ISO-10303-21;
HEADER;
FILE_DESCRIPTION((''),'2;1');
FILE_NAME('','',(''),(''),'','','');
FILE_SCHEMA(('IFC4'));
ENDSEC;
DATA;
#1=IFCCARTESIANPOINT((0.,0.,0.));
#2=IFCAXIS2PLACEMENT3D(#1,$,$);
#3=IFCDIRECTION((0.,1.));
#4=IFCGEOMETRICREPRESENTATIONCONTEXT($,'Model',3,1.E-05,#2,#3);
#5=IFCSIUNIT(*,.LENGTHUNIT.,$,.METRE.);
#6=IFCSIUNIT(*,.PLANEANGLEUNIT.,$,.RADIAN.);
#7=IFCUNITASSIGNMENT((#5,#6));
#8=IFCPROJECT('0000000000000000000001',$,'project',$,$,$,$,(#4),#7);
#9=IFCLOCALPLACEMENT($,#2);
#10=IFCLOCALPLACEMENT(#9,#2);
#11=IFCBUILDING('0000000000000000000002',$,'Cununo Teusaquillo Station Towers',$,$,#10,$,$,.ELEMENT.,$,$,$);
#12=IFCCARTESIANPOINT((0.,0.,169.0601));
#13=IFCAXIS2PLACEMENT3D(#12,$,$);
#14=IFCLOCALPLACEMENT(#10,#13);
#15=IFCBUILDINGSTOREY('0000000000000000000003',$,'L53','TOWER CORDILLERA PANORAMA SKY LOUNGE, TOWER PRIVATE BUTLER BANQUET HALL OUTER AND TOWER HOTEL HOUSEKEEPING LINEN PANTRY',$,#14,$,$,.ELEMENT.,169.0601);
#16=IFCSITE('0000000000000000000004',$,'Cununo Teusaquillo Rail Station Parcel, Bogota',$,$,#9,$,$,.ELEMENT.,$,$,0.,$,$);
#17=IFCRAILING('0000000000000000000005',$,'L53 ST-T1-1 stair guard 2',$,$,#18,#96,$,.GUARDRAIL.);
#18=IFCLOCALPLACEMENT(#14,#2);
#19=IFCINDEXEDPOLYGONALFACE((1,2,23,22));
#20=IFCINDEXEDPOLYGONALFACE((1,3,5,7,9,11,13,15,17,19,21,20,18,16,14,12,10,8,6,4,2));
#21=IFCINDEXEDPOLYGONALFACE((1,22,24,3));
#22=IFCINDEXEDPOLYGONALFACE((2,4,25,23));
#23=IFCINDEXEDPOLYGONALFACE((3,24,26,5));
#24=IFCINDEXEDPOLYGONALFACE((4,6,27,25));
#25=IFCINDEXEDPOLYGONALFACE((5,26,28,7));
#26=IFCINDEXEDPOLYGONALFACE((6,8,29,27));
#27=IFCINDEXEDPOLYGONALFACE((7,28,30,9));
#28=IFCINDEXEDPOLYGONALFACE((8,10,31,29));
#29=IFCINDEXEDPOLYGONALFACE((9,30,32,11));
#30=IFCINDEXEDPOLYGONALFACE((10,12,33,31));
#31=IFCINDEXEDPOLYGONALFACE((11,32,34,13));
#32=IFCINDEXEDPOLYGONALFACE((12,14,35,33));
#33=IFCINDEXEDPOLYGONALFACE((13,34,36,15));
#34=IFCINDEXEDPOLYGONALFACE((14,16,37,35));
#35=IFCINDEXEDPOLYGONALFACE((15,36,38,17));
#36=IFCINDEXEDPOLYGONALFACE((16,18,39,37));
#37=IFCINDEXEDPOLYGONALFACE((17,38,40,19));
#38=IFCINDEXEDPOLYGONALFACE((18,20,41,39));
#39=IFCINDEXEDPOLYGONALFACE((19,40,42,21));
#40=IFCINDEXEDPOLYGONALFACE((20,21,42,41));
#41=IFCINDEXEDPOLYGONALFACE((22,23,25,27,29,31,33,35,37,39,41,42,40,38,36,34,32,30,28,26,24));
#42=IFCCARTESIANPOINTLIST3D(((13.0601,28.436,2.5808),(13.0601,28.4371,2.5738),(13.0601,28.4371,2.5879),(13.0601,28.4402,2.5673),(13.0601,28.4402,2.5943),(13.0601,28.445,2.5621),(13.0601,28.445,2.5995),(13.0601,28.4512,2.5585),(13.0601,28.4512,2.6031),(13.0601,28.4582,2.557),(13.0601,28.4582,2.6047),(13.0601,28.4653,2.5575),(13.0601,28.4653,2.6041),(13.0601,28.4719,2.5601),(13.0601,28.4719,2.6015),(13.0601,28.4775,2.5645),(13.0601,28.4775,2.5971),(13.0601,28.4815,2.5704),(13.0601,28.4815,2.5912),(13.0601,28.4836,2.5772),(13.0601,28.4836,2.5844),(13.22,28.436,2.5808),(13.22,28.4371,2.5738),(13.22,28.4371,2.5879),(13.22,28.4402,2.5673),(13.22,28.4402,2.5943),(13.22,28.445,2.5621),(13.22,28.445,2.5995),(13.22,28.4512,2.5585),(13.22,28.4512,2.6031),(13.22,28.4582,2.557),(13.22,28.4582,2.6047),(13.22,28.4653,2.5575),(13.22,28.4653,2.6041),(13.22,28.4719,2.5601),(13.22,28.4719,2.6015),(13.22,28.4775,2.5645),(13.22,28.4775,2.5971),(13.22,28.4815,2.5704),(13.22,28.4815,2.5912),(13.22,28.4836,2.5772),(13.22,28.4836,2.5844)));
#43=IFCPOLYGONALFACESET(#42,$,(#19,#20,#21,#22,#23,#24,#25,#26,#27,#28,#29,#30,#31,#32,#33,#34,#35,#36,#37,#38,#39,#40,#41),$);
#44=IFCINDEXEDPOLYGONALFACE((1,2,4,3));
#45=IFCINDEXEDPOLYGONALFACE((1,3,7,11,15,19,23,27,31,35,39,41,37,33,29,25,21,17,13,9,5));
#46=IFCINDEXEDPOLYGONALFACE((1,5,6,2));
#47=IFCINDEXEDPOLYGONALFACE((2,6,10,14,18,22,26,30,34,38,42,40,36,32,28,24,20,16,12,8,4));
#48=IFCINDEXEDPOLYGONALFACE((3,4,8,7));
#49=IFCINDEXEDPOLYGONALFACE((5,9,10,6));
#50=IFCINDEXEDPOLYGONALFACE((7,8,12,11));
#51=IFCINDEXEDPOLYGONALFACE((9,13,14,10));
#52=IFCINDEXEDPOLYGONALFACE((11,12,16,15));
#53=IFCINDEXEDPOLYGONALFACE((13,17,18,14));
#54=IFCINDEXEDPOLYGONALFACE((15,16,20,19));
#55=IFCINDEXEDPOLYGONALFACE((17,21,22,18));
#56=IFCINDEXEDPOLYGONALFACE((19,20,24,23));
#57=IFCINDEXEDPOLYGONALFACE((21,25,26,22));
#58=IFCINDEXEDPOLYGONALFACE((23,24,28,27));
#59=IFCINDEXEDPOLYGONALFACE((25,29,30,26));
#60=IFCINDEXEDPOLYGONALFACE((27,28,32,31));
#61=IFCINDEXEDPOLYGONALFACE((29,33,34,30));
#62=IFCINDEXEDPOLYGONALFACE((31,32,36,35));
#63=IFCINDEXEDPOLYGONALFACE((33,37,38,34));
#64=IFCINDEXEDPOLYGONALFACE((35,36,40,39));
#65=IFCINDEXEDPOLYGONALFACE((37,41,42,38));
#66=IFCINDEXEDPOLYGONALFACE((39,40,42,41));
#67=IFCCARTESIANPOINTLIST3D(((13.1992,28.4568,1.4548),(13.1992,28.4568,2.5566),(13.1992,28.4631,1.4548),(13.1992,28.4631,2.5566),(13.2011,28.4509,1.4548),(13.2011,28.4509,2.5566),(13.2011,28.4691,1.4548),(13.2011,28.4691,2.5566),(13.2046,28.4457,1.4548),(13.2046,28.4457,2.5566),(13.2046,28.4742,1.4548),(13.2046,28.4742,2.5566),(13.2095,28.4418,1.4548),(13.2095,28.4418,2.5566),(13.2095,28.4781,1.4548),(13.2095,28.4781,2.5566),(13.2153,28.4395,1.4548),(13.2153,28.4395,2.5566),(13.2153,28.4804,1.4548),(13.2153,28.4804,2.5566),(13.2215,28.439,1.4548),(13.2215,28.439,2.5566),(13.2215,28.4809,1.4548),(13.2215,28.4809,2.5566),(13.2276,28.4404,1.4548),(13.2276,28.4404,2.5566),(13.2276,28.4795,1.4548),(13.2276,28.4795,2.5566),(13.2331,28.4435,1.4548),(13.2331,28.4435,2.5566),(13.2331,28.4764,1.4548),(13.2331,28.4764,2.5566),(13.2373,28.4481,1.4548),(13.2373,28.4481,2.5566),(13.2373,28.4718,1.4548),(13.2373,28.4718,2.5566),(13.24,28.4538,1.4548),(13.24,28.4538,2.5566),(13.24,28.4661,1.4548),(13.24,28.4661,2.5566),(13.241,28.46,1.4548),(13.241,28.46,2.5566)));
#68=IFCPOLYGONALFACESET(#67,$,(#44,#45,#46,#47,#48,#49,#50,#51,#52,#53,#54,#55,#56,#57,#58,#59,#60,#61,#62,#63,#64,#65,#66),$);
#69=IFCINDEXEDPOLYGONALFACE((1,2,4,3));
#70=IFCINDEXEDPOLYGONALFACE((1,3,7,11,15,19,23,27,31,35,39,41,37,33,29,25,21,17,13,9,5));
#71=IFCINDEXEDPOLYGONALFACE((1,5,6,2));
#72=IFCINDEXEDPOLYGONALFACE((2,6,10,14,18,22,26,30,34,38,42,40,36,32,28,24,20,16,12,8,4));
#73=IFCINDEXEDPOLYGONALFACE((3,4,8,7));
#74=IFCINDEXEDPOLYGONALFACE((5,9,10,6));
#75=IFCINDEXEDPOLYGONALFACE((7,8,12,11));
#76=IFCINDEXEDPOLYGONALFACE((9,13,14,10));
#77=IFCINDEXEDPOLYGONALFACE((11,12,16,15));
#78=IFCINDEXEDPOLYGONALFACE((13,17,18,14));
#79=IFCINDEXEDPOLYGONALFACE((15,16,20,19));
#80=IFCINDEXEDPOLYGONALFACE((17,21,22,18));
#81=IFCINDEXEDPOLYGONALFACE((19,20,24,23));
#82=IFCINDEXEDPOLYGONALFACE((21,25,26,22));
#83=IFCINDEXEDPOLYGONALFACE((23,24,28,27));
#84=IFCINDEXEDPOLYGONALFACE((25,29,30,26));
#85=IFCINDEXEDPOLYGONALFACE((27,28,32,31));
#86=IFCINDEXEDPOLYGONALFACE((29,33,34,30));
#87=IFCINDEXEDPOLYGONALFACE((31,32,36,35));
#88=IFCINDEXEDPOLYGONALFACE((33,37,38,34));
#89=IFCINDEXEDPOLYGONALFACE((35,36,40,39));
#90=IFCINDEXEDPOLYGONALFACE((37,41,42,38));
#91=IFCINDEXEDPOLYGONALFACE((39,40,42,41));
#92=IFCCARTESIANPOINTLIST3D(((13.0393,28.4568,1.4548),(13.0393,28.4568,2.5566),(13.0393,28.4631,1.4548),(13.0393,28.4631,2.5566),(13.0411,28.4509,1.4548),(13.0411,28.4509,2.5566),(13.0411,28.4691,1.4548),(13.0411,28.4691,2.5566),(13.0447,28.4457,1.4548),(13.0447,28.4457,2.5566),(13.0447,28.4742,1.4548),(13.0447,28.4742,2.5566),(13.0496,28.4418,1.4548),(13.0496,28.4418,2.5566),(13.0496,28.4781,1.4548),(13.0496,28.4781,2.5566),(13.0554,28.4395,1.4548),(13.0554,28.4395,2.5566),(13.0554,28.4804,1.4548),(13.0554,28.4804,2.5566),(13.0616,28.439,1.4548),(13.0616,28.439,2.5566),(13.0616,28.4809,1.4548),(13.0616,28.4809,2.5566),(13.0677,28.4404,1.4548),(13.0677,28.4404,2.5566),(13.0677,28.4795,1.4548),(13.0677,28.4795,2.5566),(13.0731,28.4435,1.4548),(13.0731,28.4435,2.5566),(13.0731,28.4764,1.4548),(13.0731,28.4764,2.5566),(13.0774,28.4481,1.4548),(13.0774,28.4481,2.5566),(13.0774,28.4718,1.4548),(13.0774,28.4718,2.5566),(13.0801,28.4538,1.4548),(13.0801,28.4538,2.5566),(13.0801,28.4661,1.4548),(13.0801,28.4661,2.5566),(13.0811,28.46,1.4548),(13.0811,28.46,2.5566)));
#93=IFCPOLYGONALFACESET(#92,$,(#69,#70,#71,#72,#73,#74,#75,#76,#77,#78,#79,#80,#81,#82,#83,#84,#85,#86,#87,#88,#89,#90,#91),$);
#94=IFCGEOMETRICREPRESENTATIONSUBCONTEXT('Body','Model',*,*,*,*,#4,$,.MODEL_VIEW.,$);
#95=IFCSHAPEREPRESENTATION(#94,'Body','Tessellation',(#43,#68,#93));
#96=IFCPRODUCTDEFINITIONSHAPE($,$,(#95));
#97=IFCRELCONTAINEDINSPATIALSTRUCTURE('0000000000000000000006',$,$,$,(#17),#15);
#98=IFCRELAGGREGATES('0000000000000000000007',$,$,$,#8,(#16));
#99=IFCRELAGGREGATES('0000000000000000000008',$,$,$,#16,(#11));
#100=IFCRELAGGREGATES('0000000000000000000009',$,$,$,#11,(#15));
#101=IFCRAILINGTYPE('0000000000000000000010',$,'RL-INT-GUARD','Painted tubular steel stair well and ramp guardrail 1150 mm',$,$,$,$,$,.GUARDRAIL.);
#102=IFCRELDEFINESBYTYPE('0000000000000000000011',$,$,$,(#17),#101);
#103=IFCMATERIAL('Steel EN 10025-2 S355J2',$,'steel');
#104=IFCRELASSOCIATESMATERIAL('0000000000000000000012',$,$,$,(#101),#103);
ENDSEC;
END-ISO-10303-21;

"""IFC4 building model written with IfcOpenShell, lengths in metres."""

from ifc_helpers import new_model, si_unit, direction, frame, origin, origin_2d, place, context, subcontext, project, spatial, circle, extrude, material, type_object, element, save


model = new_model("IFC4")

# Units and contexts
model_context = context("Model", 3, precision=1e-05, world=origin(), true_north=direction((0.0, 1.0)))
body_context = subcontext(model_context, "Body", "Model", "MODEL_VIEW")
ifc_project = project(units=[si_unit("LENGTHUNIT", "METRE"), si_unit("PLANEANGLEUNIT", "RADIAN")], contexts=[model_context])

# Site, building, storey
site_placement = place(None, origin())
site = spatial("IfcSite", under=ifc_project, at=site_placement, Name="Cununo Teusaquillo Rail Station Parcel, Bogota", CompositionType="ELEMENT", RefElevation=0.0)
building_placement = place(site_placement, origin())
building = spatial("IfcBuilding", under=site, at=building_placement, Name="Cununo Teusaquillo Station Towers", CompositionType="ELEMENT")
storey_placement = place(building_placement, frame((0.0, 0.0, 169.0601)))
storey = spatial("IfcBuildingStorey", under=building, at=storey_placement, Name="L53", Description="TOWER CORDILLERA PANORAMA SKY LOUNGE, TOWER PRIVATE BUTLER BANQUET HALL OUTER AND TOWER HOTEL HOUSEKEEPING LINEN PANTRY", CompositionType="ELEMENT", Elevation=169.0601)

# Railing
ifc_material_1 = material(Name="Steel EN 10025-2 S355J2", Category="steel")
railing_type_1 = type_object("IfcRailingType", Name="RL-INT-GUARD", Description="Painted tubular steel stair well and ramp guardrail 1150 mm", PredefinedType="GUARDRAIL", material=ifc_material_1)
railing_1_placement = place(storey_placement, frame((13.22, 28.46, 1.4548)))
element("IfcRailing", 1, at=railing_1_placement, inside=storey, type_object=railing_type_1, Name="L53 ST-T1-1 stair guard 2", PredefinedType="GUARDRAIL", context=body_context, shape_type="SweptSolid", body=[
    extrude(circle(Radius=0.0239, at=origin_2d()), frame((0.0, 0.0, 1.126), z_axis=(-1.0, 0.0, 0.0), x_axis=(0.0, -1.0, 0.0)), (0.0, 0.0, 1.0), 0.1599),
    extrude(circle(Radius=0.021, at=origin_2d()), origin(), (0.0, 0.0, 1.0), 1.1018),
    extrude(circle(Radius=0.021, at=origin_2d()), frame((-0.1599, 0.0, 0.0)), (0.0, 0.0, 1.0), 1.1018),
])

save(model, "model.ifc")
